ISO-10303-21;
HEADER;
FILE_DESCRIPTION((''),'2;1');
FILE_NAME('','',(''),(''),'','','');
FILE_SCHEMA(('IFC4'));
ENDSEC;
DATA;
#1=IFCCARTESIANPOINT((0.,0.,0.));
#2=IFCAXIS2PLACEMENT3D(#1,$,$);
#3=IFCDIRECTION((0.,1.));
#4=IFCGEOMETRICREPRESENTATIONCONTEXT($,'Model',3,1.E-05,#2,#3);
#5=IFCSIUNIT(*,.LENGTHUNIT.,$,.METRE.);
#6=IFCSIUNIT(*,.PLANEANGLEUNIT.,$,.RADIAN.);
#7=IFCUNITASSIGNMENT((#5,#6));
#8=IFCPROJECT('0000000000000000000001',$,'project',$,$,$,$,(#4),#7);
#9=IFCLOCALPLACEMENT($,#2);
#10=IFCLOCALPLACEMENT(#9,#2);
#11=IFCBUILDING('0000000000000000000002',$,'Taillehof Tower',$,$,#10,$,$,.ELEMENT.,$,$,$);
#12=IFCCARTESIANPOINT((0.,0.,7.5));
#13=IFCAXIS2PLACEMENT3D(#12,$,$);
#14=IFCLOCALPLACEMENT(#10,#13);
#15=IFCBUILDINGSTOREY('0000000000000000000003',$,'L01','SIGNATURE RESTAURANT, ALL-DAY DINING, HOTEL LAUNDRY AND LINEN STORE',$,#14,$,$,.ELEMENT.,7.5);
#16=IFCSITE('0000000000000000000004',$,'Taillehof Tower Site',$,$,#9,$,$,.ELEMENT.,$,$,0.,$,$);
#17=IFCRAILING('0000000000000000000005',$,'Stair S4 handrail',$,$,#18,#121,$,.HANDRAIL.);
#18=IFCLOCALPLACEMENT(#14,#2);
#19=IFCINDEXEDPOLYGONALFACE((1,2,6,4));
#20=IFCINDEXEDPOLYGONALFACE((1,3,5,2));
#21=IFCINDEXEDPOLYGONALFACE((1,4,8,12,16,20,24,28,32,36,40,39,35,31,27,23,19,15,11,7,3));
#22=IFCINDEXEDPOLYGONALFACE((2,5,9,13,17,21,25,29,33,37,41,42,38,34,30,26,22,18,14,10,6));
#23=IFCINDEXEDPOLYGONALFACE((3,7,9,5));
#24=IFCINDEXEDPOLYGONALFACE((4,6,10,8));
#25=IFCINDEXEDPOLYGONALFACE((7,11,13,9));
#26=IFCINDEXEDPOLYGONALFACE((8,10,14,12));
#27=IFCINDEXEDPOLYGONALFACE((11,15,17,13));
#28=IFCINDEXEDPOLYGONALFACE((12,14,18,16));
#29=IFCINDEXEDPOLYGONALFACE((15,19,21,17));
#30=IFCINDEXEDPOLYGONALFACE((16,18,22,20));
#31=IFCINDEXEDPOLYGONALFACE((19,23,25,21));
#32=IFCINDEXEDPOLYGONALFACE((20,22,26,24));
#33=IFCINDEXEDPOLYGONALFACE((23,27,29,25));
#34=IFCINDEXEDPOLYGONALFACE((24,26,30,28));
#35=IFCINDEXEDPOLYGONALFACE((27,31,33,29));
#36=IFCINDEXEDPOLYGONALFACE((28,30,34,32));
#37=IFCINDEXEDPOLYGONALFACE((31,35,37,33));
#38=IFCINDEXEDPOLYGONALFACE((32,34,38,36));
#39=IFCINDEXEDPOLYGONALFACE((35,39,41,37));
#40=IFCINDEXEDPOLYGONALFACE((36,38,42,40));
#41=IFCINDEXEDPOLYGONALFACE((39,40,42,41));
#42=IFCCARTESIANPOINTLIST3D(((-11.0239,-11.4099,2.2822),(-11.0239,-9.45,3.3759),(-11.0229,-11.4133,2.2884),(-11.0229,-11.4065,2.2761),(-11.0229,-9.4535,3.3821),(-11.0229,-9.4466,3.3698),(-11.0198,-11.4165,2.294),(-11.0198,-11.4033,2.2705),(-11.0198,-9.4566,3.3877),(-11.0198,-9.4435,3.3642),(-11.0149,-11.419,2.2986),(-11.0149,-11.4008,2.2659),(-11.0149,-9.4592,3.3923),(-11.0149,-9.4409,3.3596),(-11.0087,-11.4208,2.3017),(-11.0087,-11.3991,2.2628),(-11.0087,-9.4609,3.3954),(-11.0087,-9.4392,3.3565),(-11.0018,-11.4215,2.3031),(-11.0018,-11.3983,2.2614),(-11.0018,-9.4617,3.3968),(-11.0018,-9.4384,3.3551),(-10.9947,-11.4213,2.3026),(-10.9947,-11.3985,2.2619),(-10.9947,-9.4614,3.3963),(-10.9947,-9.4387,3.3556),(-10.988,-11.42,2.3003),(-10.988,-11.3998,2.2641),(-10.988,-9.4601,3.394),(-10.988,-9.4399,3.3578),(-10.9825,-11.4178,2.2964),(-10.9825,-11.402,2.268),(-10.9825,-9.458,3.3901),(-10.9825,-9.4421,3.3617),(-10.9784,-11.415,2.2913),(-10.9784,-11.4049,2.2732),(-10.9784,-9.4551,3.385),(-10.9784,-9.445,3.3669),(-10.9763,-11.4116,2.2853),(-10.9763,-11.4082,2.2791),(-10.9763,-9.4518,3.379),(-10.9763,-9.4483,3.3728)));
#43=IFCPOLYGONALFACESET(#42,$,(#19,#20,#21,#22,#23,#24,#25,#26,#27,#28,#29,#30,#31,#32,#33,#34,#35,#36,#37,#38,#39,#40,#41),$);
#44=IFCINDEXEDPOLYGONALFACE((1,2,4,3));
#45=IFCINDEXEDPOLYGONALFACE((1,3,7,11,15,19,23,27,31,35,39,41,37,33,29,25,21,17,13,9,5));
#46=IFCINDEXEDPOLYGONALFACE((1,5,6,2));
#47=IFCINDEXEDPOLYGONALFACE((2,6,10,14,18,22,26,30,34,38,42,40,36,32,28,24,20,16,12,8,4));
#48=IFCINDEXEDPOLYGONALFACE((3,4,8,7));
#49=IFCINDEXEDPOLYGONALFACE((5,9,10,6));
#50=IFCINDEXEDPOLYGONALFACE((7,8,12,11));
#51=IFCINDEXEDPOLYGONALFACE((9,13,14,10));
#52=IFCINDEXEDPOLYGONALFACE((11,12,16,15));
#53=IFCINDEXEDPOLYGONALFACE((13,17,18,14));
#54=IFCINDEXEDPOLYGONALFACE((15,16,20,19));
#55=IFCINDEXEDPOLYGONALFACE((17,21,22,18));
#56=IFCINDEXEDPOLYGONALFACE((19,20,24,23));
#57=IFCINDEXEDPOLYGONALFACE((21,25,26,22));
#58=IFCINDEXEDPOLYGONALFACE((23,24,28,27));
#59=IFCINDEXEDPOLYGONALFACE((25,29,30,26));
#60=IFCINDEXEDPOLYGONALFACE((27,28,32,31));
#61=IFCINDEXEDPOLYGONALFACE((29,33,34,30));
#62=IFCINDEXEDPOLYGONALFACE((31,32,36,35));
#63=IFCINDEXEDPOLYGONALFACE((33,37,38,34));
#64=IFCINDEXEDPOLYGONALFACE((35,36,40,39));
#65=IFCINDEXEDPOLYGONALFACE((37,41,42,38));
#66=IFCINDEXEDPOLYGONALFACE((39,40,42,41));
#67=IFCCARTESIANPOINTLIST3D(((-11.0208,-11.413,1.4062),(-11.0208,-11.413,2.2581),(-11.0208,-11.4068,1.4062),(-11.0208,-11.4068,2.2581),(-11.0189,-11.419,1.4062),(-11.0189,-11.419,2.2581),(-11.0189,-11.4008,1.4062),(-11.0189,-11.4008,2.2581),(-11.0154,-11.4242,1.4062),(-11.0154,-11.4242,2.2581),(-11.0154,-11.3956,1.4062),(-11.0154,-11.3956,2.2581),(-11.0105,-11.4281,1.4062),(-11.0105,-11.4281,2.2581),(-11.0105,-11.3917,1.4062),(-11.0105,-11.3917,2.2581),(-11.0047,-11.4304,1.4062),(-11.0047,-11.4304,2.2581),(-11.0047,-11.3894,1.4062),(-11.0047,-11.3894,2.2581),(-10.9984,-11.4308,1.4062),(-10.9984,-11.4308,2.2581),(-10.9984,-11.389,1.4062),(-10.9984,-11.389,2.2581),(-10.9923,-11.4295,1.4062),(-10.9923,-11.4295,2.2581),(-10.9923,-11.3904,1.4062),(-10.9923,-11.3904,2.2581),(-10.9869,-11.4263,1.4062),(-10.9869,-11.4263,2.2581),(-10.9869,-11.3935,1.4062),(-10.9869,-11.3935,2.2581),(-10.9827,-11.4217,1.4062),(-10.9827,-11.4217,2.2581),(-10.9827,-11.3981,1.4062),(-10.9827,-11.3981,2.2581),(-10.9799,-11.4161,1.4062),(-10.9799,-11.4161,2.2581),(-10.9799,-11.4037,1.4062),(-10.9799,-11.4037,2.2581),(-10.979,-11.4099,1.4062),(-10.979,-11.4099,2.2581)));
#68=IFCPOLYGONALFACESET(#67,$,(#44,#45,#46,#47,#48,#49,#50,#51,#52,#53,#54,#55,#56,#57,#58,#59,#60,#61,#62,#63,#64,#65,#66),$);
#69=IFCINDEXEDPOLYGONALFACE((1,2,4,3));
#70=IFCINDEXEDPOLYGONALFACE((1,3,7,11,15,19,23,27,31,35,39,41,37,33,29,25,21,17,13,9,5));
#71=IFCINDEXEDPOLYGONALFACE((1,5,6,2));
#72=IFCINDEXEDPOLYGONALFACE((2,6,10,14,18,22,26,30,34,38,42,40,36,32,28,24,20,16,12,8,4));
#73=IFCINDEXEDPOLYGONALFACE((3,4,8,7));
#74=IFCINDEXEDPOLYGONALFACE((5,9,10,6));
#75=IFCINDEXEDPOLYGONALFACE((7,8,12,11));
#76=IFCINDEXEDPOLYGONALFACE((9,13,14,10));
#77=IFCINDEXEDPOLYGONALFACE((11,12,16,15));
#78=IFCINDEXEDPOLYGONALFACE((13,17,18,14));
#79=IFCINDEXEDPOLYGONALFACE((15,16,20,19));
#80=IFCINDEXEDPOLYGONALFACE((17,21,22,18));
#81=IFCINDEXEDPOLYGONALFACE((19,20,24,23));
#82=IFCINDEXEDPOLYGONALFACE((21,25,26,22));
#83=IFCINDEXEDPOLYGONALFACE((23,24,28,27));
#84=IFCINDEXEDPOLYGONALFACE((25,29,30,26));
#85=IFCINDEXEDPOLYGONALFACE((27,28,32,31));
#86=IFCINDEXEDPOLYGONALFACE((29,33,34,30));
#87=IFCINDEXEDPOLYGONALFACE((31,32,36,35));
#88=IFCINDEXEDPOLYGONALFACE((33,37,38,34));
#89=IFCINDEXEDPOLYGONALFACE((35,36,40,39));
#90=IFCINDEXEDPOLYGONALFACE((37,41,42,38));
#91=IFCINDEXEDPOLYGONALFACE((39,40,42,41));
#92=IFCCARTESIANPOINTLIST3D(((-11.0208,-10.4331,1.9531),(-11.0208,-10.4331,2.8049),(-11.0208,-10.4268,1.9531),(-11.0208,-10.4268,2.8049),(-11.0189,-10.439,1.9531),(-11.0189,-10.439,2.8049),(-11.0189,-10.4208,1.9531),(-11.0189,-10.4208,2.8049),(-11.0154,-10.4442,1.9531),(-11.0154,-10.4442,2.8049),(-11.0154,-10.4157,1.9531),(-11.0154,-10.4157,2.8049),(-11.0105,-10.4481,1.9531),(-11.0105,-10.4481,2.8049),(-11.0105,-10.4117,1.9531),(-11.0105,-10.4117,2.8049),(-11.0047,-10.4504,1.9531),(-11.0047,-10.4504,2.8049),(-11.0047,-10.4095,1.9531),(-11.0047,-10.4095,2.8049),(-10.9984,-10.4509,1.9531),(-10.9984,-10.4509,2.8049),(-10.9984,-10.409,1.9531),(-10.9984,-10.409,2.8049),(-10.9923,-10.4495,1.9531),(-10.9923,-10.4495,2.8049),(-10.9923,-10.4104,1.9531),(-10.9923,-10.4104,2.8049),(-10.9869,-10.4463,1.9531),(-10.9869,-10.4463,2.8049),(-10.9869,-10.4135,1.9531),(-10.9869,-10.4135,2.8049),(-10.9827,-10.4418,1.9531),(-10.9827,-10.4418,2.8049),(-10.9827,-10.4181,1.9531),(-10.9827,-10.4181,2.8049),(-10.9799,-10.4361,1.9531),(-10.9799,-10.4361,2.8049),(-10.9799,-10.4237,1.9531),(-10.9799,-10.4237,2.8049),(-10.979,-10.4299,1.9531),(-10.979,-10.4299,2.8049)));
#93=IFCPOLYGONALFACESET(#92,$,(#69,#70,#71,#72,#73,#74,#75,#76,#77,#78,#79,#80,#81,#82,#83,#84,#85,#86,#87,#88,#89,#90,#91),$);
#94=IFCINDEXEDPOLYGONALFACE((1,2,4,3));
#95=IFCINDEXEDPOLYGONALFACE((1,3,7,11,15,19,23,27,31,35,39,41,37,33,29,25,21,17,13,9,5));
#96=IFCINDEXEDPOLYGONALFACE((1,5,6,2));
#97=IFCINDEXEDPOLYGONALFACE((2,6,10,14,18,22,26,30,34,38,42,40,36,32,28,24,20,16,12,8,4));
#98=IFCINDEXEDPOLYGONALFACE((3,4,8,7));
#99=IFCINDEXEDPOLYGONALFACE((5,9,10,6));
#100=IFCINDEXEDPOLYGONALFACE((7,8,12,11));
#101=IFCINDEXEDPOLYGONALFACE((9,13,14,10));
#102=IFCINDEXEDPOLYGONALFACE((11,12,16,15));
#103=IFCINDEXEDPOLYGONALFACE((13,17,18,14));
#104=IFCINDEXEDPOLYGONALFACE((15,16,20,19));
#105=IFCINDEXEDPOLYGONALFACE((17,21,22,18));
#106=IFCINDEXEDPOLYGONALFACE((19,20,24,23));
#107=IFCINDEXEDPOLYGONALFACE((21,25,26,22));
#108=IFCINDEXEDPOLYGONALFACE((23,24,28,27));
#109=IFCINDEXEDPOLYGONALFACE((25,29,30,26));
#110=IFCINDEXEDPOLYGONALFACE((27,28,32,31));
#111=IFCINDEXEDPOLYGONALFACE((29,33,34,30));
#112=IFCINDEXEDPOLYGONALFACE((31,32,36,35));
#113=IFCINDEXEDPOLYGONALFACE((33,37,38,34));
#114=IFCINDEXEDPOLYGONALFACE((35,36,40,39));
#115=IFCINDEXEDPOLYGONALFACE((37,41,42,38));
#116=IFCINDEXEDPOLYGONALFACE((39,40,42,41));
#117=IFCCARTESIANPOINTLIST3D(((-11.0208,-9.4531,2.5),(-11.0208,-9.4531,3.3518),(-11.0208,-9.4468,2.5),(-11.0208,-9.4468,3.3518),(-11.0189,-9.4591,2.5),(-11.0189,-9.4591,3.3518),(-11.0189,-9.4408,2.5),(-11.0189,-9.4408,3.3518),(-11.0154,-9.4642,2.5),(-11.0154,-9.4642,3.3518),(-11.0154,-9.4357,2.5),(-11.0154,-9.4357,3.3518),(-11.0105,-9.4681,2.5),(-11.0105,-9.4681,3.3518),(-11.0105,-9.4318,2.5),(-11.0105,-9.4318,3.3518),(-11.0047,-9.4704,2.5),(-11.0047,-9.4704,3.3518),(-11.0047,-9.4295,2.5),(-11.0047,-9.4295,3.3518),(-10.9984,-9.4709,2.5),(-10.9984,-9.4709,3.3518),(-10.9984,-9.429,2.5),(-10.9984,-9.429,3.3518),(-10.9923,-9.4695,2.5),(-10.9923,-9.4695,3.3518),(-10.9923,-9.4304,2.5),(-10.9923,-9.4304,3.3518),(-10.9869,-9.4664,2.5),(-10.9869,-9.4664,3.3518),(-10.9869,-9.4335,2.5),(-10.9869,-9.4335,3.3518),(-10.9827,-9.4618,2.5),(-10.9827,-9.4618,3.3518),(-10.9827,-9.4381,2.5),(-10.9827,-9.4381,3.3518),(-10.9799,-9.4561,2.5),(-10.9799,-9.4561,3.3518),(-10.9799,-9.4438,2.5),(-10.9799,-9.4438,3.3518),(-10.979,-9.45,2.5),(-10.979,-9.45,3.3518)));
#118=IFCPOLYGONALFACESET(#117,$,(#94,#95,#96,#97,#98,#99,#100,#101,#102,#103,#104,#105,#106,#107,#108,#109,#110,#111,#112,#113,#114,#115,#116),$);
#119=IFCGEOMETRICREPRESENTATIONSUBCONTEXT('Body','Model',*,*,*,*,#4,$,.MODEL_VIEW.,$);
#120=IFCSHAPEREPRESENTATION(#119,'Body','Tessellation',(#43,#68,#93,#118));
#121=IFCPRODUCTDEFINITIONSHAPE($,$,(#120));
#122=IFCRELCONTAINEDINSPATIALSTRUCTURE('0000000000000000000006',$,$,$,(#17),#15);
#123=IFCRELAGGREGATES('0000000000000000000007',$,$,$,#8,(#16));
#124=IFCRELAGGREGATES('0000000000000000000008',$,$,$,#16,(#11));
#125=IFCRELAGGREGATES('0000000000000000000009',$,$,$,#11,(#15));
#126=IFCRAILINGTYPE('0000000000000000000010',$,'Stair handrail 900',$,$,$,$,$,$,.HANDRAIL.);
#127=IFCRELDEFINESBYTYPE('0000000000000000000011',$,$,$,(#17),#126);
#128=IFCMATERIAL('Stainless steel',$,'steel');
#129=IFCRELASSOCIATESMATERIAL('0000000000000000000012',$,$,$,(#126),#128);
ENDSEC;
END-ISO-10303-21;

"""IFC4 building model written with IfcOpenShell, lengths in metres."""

from ifc_helpers import new_model, si_unit, direction, frame, origin, origin_2d, place, context, subcontext, project, spatial, circle, extrude, material, type_object, element, save


model = new_model("IFC4")

# Units and contexts
model_context = context("Model", 3, precision=1e-05, world=origin(), true_north=direction((0.0, 1.0)))
body_context = subcontext(model_context, "Body", "Model", "MODEL_VIEW")
ifc_project = project(units=[si_unit("LENGTHUNIT", "METRE"), si_unit("PLANEANGLEUNIT", "RADIAN")], contexts=[model_context])

# Site, building, storey
site_placement = place(None, origin())
site = spatial("IfcSite", under=ifc_project, at=site_placement, Name="Taillehof Tower Site", CompositionType="ELEMENT", RefElevation=0.0)
building_placement = place(site_placement, origin())
building = spatial("IfcBuilding", under=site, at=building_placement, Name="Taillehof Tower", CompositionType="ELEMENT")
storey_placement = place(building_placement, frame((0.0, 0.0, 7.5)))
storey = spatial("IfcBuildingStorey", under=building, at=storey_placement, Name="L01", Description="SIGNATURE RESTAURANT, ALL-DAY DINING, HOTEL LAUNDRY AND LINEN STORE", CompositionType="ELEMENT", Elevation=7.5)

# Railing
ifc_material_1 = material(Name="Stainless steel", Category="steel")
railing_type = type_object("IfcRailingType", Name="Stair handrail 900", PredefinedType="HANDRAIL", material=ifc_material_1)
railing_1_placement = place(storey_placement, frame((-11.0, -11.4099, 1.4062)))
element("IfcRailing", 1, at=railing_1_placement, inside=storey, type_object=railing_type, Name="Stair S4 handrail", PredefinedType="HANDRAIL", context=body_context, shape_type="SweptSolid", body=[
    extrude(circle(Radius=0.0239, at=origin_2d()), frame((0.0, 0.0, 0.876), z_axis=(0.0, 0.873232, 0.487304), x_axis=(-1.0, 0.0, 0.0)), (0.0, 0.0, 1.0), 2.2444),
    extrude(circle(Radius=0.021, at=origin_2d()), origin(), (0.0, 0.0, 1.0), 0.8518),
    extrude(circle(Radius=0.021, at=origin_2d()), frame((0.0, 0.98, 0.5469)), (0.0, 0.0, 1.0), 0.8518),
    extrude(circle(Radius=0.021, at=origin_2d()), frame((0.0, 1.96, 1.0938)), (0.0, 0.0, 1.0), 0.8518),
])

save(model, "model.ifc")
